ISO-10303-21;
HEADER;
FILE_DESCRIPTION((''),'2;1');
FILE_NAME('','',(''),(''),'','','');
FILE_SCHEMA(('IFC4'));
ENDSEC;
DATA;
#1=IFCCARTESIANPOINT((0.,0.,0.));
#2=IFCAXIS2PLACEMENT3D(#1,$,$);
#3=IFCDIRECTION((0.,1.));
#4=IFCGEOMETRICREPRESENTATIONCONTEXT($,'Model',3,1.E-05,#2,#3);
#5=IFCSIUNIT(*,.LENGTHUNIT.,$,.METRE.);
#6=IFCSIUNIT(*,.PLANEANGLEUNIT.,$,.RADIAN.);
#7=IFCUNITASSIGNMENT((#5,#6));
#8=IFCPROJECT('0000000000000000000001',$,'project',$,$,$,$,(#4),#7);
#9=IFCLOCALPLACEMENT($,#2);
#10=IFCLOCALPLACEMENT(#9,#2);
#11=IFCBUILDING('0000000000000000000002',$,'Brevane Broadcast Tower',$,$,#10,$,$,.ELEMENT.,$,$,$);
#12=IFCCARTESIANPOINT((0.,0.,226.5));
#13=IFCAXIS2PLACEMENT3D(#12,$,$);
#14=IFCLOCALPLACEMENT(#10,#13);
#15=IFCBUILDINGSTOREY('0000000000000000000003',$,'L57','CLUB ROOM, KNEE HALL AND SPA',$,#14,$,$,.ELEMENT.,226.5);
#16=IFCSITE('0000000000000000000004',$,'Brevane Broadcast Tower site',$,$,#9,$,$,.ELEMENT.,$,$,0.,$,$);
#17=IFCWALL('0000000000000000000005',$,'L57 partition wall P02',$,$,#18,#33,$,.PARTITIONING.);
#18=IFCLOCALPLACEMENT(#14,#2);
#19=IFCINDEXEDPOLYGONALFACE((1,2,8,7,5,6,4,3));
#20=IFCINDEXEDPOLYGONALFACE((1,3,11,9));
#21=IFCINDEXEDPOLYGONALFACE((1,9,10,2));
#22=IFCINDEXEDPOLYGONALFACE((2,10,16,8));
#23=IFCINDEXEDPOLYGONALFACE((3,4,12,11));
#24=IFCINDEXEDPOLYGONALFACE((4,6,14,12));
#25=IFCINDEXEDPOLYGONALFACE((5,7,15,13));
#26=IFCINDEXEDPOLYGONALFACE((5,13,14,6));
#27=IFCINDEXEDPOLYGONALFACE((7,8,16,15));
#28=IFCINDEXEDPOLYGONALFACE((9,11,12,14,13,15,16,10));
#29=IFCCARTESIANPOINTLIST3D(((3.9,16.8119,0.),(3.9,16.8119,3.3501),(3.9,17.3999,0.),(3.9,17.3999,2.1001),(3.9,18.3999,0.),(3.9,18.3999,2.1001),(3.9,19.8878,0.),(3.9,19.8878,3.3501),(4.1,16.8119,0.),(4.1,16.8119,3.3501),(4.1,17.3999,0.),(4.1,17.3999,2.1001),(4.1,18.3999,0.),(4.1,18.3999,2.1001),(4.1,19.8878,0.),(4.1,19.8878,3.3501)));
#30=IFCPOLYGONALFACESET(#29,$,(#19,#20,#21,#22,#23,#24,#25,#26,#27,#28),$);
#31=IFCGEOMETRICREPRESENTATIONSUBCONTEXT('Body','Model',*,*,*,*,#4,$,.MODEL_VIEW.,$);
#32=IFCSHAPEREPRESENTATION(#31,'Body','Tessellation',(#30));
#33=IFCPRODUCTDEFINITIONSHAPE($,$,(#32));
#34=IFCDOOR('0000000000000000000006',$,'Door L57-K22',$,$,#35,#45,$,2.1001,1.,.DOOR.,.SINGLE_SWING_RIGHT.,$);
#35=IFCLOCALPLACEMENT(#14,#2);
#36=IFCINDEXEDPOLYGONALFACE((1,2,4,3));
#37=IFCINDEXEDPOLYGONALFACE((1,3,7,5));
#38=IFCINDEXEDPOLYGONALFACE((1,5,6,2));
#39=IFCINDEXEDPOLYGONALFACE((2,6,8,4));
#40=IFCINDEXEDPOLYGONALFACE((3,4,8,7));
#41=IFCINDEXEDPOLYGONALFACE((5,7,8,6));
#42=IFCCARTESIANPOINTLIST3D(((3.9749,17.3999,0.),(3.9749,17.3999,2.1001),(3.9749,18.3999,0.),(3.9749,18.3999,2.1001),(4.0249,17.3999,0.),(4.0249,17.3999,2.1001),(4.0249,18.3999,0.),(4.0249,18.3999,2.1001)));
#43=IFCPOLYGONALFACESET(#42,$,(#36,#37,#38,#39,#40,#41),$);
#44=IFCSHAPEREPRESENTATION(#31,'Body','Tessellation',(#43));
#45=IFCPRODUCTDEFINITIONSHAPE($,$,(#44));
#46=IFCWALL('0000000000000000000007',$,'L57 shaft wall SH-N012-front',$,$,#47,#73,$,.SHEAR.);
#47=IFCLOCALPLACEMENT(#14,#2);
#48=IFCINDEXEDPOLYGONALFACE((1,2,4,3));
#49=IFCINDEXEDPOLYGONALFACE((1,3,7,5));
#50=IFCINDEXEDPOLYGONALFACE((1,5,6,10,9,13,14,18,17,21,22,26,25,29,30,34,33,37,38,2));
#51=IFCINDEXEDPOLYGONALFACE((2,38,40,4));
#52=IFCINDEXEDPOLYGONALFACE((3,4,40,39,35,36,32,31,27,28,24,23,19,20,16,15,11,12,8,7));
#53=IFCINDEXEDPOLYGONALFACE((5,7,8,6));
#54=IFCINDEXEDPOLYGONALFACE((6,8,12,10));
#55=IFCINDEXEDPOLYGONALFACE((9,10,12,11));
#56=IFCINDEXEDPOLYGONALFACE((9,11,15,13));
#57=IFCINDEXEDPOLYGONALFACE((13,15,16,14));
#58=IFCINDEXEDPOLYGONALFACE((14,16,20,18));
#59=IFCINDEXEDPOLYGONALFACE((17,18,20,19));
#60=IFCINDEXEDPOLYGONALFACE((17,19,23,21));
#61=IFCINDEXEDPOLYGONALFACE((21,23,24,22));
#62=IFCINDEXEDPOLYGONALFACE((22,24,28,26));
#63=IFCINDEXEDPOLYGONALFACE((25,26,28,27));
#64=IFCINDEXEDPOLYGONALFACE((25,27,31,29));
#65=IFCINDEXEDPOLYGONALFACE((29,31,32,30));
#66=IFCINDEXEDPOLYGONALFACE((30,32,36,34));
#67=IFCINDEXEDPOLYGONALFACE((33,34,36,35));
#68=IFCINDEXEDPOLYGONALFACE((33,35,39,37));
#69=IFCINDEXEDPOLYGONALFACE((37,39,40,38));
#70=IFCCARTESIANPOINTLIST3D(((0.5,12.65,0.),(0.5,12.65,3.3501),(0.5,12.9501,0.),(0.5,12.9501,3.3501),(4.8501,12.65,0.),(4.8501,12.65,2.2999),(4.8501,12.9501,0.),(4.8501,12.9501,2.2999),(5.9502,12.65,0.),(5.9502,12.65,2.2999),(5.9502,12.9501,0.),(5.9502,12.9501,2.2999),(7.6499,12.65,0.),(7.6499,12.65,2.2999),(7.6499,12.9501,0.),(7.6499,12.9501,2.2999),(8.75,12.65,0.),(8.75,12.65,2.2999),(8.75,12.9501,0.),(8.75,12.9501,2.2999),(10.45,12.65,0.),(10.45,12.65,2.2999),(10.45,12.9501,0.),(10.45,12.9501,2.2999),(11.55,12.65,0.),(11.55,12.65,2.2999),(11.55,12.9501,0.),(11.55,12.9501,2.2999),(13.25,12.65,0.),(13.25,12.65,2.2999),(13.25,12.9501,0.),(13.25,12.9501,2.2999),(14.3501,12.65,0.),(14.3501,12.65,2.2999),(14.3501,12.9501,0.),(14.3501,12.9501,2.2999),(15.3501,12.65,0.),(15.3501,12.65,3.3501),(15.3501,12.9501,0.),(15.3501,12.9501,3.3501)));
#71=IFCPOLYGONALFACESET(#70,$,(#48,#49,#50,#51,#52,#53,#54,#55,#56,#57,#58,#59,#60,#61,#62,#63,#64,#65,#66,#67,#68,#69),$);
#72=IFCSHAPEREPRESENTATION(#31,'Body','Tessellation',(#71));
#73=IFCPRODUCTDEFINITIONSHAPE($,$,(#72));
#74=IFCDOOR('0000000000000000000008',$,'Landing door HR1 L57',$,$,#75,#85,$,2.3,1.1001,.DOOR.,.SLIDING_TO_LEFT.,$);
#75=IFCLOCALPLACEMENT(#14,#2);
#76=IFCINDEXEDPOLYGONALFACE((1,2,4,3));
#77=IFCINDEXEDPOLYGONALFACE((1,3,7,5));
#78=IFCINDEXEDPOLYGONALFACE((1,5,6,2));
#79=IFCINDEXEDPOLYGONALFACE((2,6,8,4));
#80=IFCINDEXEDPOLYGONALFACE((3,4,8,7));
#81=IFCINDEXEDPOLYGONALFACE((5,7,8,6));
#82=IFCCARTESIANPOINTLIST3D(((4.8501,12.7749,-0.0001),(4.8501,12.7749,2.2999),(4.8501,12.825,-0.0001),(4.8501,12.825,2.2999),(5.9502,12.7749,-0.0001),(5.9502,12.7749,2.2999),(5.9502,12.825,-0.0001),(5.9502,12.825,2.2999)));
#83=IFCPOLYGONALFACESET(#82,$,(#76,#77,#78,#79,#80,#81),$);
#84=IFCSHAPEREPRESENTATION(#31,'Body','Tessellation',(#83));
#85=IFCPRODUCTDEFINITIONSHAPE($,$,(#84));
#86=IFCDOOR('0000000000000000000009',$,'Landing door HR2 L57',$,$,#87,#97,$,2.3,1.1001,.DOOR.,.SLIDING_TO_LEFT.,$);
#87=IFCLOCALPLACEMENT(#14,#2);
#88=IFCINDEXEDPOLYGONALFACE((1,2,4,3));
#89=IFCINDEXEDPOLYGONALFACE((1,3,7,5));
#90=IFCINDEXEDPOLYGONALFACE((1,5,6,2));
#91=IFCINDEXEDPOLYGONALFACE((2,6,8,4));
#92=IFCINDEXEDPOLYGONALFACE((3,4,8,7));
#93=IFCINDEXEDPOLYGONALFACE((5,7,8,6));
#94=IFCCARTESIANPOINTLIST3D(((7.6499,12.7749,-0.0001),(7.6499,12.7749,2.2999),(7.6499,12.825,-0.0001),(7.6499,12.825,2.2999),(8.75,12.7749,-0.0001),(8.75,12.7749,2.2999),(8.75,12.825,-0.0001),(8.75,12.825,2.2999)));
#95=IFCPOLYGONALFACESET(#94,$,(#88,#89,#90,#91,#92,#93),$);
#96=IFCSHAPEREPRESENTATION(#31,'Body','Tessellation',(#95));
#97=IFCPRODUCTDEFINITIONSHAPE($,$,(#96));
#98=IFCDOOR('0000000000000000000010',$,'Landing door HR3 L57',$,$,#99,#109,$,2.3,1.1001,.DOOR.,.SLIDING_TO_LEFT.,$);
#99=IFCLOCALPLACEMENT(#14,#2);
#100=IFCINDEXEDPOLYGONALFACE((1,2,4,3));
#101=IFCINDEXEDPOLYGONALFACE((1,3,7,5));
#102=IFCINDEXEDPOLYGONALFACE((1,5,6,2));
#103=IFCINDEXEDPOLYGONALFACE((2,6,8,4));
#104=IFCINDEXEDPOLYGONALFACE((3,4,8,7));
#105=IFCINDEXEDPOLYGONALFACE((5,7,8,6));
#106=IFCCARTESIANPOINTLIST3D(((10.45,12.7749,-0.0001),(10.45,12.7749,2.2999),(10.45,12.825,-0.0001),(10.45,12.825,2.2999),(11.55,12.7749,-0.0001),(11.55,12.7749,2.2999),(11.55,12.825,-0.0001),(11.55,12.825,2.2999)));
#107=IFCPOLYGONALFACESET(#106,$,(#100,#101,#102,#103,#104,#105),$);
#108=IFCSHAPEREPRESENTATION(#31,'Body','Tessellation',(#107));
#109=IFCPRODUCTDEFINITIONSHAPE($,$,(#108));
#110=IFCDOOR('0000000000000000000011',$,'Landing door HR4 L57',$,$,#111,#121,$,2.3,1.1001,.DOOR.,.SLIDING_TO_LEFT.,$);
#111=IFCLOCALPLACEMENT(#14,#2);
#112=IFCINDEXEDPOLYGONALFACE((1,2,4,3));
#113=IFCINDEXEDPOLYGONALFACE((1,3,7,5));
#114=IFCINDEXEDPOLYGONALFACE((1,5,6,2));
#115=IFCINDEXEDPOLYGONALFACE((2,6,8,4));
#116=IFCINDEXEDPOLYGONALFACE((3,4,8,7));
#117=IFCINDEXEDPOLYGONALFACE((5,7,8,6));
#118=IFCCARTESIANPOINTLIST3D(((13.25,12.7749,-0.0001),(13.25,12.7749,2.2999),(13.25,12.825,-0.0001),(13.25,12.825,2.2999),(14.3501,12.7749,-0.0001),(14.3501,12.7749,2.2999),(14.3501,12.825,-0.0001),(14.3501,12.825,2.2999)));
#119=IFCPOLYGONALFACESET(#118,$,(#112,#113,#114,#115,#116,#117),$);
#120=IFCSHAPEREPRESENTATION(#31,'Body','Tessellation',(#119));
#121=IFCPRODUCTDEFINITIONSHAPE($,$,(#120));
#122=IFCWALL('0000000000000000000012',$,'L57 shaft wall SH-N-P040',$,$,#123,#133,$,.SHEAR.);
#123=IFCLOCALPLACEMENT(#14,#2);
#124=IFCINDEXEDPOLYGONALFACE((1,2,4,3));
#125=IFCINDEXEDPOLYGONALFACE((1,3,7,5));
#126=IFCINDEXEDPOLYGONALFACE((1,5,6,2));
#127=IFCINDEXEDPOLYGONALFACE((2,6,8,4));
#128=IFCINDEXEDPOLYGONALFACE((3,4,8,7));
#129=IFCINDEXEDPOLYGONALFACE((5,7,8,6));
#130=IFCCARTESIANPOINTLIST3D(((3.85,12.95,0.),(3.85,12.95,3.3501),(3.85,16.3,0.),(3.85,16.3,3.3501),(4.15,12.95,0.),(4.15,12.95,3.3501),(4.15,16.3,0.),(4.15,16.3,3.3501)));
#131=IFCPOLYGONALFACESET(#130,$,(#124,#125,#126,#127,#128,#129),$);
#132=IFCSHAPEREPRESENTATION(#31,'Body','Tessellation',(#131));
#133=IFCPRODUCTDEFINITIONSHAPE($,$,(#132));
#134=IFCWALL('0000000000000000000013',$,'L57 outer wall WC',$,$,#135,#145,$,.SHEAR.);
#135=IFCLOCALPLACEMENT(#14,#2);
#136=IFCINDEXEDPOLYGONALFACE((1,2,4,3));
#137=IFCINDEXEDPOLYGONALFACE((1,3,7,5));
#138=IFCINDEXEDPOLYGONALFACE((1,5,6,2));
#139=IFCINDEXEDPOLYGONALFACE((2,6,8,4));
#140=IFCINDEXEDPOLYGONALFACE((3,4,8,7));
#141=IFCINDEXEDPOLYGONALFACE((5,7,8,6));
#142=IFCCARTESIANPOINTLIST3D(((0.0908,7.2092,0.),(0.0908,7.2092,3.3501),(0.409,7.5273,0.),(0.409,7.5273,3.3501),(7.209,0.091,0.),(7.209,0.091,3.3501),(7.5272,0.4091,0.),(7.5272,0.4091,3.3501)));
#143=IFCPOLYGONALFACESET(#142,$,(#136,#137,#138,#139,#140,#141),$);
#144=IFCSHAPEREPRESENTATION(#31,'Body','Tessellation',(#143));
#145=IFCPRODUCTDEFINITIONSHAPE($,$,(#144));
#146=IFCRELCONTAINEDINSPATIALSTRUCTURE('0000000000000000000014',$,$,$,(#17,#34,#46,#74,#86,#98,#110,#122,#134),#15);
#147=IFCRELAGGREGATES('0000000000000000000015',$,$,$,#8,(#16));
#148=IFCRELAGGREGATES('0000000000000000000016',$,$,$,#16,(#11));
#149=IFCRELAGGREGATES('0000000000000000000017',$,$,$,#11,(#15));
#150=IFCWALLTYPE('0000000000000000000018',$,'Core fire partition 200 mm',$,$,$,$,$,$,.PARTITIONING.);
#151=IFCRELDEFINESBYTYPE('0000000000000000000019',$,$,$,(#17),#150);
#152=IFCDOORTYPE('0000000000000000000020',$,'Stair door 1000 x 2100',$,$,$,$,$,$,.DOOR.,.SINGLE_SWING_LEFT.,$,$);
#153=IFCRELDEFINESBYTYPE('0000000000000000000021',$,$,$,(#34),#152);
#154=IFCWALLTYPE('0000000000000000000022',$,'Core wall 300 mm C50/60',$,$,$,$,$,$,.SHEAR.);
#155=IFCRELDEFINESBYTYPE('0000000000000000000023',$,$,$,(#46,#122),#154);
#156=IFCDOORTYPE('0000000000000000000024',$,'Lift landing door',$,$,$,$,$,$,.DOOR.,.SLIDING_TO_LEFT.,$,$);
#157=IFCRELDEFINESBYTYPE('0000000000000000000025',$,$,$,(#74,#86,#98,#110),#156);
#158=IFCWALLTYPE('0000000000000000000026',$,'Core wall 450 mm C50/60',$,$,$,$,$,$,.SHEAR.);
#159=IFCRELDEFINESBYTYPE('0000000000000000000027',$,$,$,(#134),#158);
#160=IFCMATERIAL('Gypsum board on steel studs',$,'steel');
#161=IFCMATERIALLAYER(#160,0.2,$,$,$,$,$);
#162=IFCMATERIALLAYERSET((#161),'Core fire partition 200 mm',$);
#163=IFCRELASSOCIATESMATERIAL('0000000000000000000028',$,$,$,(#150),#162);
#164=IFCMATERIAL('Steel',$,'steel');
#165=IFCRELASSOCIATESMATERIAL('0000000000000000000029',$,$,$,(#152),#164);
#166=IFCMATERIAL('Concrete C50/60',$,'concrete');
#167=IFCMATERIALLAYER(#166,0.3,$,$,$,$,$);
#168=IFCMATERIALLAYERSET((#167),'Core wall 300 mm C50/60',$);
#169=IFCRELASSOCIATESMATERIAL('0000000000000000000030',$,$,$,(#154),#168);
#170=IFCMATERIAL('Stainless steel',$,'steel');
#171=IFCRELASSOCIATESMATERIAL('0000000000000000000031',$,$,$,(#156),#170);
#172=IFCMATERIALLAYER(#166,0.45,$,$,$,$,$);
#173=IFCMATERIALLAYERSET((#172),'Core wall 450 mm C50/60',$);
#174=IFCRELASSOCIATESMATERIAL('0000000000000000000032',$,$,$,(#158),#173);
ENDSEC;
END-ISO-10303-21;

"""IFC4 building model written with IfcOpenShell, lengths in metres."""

from ifc_helpers import new_model, si_unit, direction, frame, frame_2d, origin, place, context, subcontext, project, spatial, rectangle, extrude, material, layer, layer_set, type_object, element, fill, save


model = new_model("IFC4")

# Units and contexts
model_context = context("Model", 3, precision=1e-05, world=origin(), true_north=direction((0.0, 1.0)))
body_context = subcontext(model_context, "Body", "Model", "MODEL_VIEW")
ifc_project = project(units=[si_unit("LENGTHUNIT", "METRE"), si_unit("PLANEANGLEUNIT", "RADIAN")], contexts=[model_context])

# Site, building, storey
site_placement = place(None, origin())
site = spatial("IfcSite", under=ifc_project, at=site_placement, Name="Brevane Broadcast Tower site", CompositionType="ELEMENT", RefElevation=0.0)
building_placement = place(site_placement, origin())
building = spatial("IfcBuilding", under=site, at=building_placement, Name="Brevane Broadcast Tower", CompositionType="ELEMENT")
storey_placement = place(building_placement, frame((0.0, 0.0, 226.5)))
storey = spatial("IfcBuildingStorey", under=building, at=storey_placement, Name="L57", Description="CLUB ROOM, KNEE HALL AND SPA", CompositionType="ELEMENT", Elevation=226.5)

# Shared definitions
ifc_material_1 = material(Name="Gypsum board on steel studs", Category="steel")
ifc_layer_1 = layer(ifc_material_1, 0.2)
ifc_layer_set_1 = layer_set([ifc_layer_1], Name="Core fire partition 200 mm")
wall_type_1 = type_object("IfcWallType", Name="Core fire partition 200 mm", PredefinedType="PARTITIONING", material=ifc_layer_set_1)

# Wall, opening, door
wall_1_placement = place(storey_placement, frame((4.0, 19.8879, 0.0), z_axis=(0.0, 0.0, 1.0), x_axis=(0.0, -1.0, 0.0)))
wall_1 = element("IfcWall", 1, at=wall_1_placement, inside=storey, type_object=wall_type_1, Name="L57 partition wall P02", PredefinedType="PARTITIONING", context=body_context, shape_type="SweptSolid", body=[
    extrude(rectangle(XDim=3.0759, YDim=0.2, at=frame_2d((1.5381, 0.0))), origin(), (0.0, 0.0, 1.0), 3.3501),
])
opening_1_placement = place(wall_1_placement, frame((1.488, 0.0, 0.0)))
opening_1 = element("IfcOpeningElement", 2, at=opening_1_placement, cuts=wall_1, PredefinedType="OPENING", context=body_context, shape_type="SweptSolid", body=[
    extrude(rectangle(XDim=1.0, YDim=2.1001, at=frame_2d((0.5, 1.05))), frame((0.0, 0.1099, 0.0), z_axis=(0.0, -1.0, 0.0), x_axis=(1.0, 0.0, 0.0)), (0.0, 0.0, 1.0), 0.22),
])
ifc_material_2 = material(Name="Steel", Category="steel")
door_type_1 = type_object("IfcDoorType", Name="Stair door 1000 x 2100", OperationType="SINGLE_SWING_LEFT", PredefinedType="DOOR", material=ifc_material_2)
door_1_placement = place(opening_1_placement, origin())
door_1 = element("IfcDoor", 3, at=door_1_placement, inside=storey, type_object=door_type_1, Name="Door L57-K22", OperationType="SINGLE_SWING_RIGHT", OverallHeight=2.1001, OverallWidth=1.0, PredefinedType="DOOR", context=body_context, shape_type="SweptSolid", body=[
    extrude(rectangle(XDim=1.0, YDim=2.1001, at=frame_2d((0.5, 1.05))), frame((0.0, 0.0249, 0.0), z_axis=(0.0, -1.0, 0.0), x_axis=(1.0, 0.0, 0.0)), (0.0, 0.0, 1.0), 0.05),
])
fill(opening_1, door_1)

# Wall, openings, doors
ifc_material_3 = material(Name="Concrete C50/60", Category="concrete")
ifc_layer_2 = layer(ifc_material_3, 0.3)
ifc_layer_set_2 = layer_set([ifc_layer_2], Name="Core wall 300 mm C50/60")
wall_type_2 = type_object("IfcWallType", Name="Core wall 300 mm C50/60", PredefinedType="SHEAR", material=ifc_layer_set_2)
wall_2_placement = place(storey_placement, frame((0.5, 12.8, 0.0), z_axis=(0.0, 0.0, 1.0), x_axis=(1.0, 0.0, 0.0)))
wall_2 = element("IfcWall", 4, at=wall_2_placement, inside=storey, type_object=wall_type_2, Name="L57 shaft wall SH-N012-front", PredefinedType="SHEAR", context=body_context, shape_type="SweptSolid", body=[
    extrude(rectangle(XDim=14.8501, YDim=0.3, at=frame_2d((7.425, 0.0))), origin(), (0.0, 0.0, 1.0), 3.3501),
])
opening_2_placement = place(wall_2_placement, frame((4.3501, 0.0, 0.0)))
opening_2 = element("IfcOpeningElement", 5, at=opening_2_placement, cuts=wall_2, PredefinedType="OPENING", context=body_context, shape_type="SweptSolid", body=[
    extrude(rectangle(XDim=1.1001, YDim=2.3, at=frame_2d((0.55, 1.1499))), frame((0.0, 0.1599, 0.0), z_axis=(0.0, -1.0, 0.0), x_axis=(1.0, 0.0, 0.0)), (0.0, 0.0, 1.0), 0.3201),
])
opening_3_placement = place(wall_2_placement, frame((7.1499, 0.0, 0.0)))
opening_3 = element("IfcOpeningElement", 6, at=opening_3_placement, cuts=wall_2, PredefinedType="OPENING", context=body_context, shape_type="SweptSolid", body=[
    extrude(rectangle(XDim=1.1001, YDim=2.3, at=frame_2d((0.55, 1.1499))), frame((0.0, 0.1599, 0.0), z_axis=(0.0, -1.0, 0.0), x_axis=(1.0, 0.0, 0.0)), (0.0, 0.0, 1.0), 0.3201),
])
opening_4_placement = place(wall_2_placement, frame((9.95, 0.0, 0.0)))
opening_4 = element("IfcOpeningElement", 7, at=opening_4_placement, cuts=wall_2, PredefinedType="OPENING", context=body_context, shape_type="SweptSolid", body=[
    extrude(rectangle(XDim=1.1001, YDim=2.3, at=frame_2d((0.55, 1.1499))), frame((0.0, 0.1599, 0.0), z_axis=(0.0, -1.0, 0.0), x_axis=(1.0, 0.0, 0.0)), (0.0, 0.0, 1.0), 0.3201),
])
opening_5_placement = place(wall_2_placement, frame((12.75, 0.0, 0.0)))
opening_5 = element("IfcOpeningElement", 8, at=opening_5_placement, cuts=wall_2, PredefinedType="OPENING", context=body_context, shape_type="SweptSolid", body=[
    extrude(rectangle(XDim=1.1001, YDim=2.3, at=frame_2d((0.55, 1.1499))), frame((0.0, 0.1599, 0.0), z_axis=(0.0, -1.0, 0.0), x_axis=(1.0, 0.0, 0.0)), (0.0, 0.0, 1.0), 0.3201),
])
ifc_material_4 = material(Name="Stainless steel", Category="steel")
door_type_2 = type_object("IfcDoorType", Name="Lift landing door", OperationType="SLIDING_TO_LEFT", PredefinedType="DOOR", material=ifc_material_4)
door_2_placement = place(opening_2_placement, origin())
door_2 = element("IfcDoor", 9, at=door_2_placement, inside=storey, type_object=door_type_2, Name="Landing door HR1 L57", OperationType="SLIDING_TO_LEFT", OverallHeight=2.3, OverallWidth=1.1001, PredefinedType="DOOR", context=body_context, shape_type="SweptSolid", body=[
    extrude(rectangle(XDim=1.1001, YDim=2.3, at=frame_2d((0.55, 1.1499))), frame((0.0, 0.0249, 0.0), z_axis=(0.0, -1.0, 0.0), x_axis=(1.0, 0.0, 0.0)), (0.0, 0.0, 1.0), 0.05),
])
fill(opening_2, door_2)
door_3_placement = place(opening_3_placement, origin())
door_3 = element("IfcDoor", 10, at=door_3_placement, inside=storey, type_object=door_type_2, Name="Landing door HR2 L57", OperationType="SLIDING_TO_LEFT", OverallHeight=2.3, OverallWidth=1.1001, PredefinedType="DOOR", context=body_context, shape_type="SweptSolid", body=[
    extrude(rectangle(XDim=1.1001, YDim=2.3, at=frame_2d((0.55, 1.1499))), frame((0.0, 0.0249, 0.0), z_axis=(0.0, -1.0, 0.0), x_axis=(1.0, 0.0, 0.0)), (0.0, 0.0, 1.0), 0.05),
])
fill(opening_3, door_3)
door_4_placement = place(opening_4_placement, origin())
door_4 = element("IfcDoor", 11, at=door_4_placement, inside=storey, type_object=door_type_2, Name="Landing door HR3 L57", OperationType="SLIDING_TO_LEFT", OverallHeight=2.3, OverallWidth=1.1001, PredefinedType="DOOR", context=body_context, shape_type="SweptSolid", body=[
    extrude(rectangle(XDim=1.1001, YDim=2.3, at=frame_2d((0.55, 1.1499))), frame((0.0, 0.0249, 0.0), z_axis=(0.0, -1.0, 0.0), x_axis=(1.0, 0.0, 0.0)), (0.0, 0.0, 1.0), 0.05),
])
fill(opening_4, door_4)
door_5_placement = place(opening_5_placement, origin())
door_5 = element("IfcDoor", 12, at=door_5_placement, inside=storey, type_object=door_type_2, Name="Landing door HR4 L57", OperationType="SLIDING_TO_LEFT", OverallHeight=2.3, OverallWidth=1.1001, PredefinedType="DOOR", context=body_context, shape_type="SweptSolid", body=[
    extrude(rectangle(XDim=1.1001, YDim=2.3, at=frame_2d((0.55, 1.1499))), frame((0.0, 0.0249, 0.0), z_axis=(0.0, -1.0, 0.0), x_axis=(1.0, 0.0, 0.0)), (0.0, 0.0, 1.0), 0.05),
])
fill(opening_5, door_5)

# Walls
wall_3_placement = place(storey_placement, frame((4.0, 12.95, 0.0), z_axis=(0.0, 0.0, 1.0), x_axis=(0.0, 1.0, 0.0)))
element("IfcWall", 13, at=wall_3_placement, inside=storey, type_object=wall_type_2, Name="L57 shaft wall SH-N-P040", PredefinedType="SHEAR", context=body_context, shape_type="SweptSolid", body=[
    extrude(rectangle(XDim=3.3501, YDim=0.3, at=frame_2d((1.675, 0.0))), origin(), (0.0, 0.0, 1.0), 3.3501),
])
ifc_layer_3 = layer(ifc_material_3, 0.45)
ifc_layer_set_3 = layer_set([ifc_layer_3], Name="Core wall 450 mm C50/60")
wall_type_3 = type_object("IfcWallType", Name="Core wall 450 mm C50/60", PredefinedType="SHEAR", material=ifc_layer_set_3)
wall_4_placement = place(storey_placement, frame((0.25, 7.3682, 0.0), z_axis=(0.0, 0.0, 1.0), x_axis=(0.707107, -0.707107, 0.0)))
element("IfcWall", 14, at=wall_4_placement, inside=storey, type_object=wall_type_3, Name="L57 outer wall WC", PredefinedType="SHEAR", context=body_context, shape_type="SweptSolid", body=[
    extrude(rectangle(XDim=10.0667, YDim=0.45, at=frame_2d((5.0332, 0.0))), origin(), (0.0, 0.0, 1.0), 3.3501),
])

save(model, "model.ifc")
